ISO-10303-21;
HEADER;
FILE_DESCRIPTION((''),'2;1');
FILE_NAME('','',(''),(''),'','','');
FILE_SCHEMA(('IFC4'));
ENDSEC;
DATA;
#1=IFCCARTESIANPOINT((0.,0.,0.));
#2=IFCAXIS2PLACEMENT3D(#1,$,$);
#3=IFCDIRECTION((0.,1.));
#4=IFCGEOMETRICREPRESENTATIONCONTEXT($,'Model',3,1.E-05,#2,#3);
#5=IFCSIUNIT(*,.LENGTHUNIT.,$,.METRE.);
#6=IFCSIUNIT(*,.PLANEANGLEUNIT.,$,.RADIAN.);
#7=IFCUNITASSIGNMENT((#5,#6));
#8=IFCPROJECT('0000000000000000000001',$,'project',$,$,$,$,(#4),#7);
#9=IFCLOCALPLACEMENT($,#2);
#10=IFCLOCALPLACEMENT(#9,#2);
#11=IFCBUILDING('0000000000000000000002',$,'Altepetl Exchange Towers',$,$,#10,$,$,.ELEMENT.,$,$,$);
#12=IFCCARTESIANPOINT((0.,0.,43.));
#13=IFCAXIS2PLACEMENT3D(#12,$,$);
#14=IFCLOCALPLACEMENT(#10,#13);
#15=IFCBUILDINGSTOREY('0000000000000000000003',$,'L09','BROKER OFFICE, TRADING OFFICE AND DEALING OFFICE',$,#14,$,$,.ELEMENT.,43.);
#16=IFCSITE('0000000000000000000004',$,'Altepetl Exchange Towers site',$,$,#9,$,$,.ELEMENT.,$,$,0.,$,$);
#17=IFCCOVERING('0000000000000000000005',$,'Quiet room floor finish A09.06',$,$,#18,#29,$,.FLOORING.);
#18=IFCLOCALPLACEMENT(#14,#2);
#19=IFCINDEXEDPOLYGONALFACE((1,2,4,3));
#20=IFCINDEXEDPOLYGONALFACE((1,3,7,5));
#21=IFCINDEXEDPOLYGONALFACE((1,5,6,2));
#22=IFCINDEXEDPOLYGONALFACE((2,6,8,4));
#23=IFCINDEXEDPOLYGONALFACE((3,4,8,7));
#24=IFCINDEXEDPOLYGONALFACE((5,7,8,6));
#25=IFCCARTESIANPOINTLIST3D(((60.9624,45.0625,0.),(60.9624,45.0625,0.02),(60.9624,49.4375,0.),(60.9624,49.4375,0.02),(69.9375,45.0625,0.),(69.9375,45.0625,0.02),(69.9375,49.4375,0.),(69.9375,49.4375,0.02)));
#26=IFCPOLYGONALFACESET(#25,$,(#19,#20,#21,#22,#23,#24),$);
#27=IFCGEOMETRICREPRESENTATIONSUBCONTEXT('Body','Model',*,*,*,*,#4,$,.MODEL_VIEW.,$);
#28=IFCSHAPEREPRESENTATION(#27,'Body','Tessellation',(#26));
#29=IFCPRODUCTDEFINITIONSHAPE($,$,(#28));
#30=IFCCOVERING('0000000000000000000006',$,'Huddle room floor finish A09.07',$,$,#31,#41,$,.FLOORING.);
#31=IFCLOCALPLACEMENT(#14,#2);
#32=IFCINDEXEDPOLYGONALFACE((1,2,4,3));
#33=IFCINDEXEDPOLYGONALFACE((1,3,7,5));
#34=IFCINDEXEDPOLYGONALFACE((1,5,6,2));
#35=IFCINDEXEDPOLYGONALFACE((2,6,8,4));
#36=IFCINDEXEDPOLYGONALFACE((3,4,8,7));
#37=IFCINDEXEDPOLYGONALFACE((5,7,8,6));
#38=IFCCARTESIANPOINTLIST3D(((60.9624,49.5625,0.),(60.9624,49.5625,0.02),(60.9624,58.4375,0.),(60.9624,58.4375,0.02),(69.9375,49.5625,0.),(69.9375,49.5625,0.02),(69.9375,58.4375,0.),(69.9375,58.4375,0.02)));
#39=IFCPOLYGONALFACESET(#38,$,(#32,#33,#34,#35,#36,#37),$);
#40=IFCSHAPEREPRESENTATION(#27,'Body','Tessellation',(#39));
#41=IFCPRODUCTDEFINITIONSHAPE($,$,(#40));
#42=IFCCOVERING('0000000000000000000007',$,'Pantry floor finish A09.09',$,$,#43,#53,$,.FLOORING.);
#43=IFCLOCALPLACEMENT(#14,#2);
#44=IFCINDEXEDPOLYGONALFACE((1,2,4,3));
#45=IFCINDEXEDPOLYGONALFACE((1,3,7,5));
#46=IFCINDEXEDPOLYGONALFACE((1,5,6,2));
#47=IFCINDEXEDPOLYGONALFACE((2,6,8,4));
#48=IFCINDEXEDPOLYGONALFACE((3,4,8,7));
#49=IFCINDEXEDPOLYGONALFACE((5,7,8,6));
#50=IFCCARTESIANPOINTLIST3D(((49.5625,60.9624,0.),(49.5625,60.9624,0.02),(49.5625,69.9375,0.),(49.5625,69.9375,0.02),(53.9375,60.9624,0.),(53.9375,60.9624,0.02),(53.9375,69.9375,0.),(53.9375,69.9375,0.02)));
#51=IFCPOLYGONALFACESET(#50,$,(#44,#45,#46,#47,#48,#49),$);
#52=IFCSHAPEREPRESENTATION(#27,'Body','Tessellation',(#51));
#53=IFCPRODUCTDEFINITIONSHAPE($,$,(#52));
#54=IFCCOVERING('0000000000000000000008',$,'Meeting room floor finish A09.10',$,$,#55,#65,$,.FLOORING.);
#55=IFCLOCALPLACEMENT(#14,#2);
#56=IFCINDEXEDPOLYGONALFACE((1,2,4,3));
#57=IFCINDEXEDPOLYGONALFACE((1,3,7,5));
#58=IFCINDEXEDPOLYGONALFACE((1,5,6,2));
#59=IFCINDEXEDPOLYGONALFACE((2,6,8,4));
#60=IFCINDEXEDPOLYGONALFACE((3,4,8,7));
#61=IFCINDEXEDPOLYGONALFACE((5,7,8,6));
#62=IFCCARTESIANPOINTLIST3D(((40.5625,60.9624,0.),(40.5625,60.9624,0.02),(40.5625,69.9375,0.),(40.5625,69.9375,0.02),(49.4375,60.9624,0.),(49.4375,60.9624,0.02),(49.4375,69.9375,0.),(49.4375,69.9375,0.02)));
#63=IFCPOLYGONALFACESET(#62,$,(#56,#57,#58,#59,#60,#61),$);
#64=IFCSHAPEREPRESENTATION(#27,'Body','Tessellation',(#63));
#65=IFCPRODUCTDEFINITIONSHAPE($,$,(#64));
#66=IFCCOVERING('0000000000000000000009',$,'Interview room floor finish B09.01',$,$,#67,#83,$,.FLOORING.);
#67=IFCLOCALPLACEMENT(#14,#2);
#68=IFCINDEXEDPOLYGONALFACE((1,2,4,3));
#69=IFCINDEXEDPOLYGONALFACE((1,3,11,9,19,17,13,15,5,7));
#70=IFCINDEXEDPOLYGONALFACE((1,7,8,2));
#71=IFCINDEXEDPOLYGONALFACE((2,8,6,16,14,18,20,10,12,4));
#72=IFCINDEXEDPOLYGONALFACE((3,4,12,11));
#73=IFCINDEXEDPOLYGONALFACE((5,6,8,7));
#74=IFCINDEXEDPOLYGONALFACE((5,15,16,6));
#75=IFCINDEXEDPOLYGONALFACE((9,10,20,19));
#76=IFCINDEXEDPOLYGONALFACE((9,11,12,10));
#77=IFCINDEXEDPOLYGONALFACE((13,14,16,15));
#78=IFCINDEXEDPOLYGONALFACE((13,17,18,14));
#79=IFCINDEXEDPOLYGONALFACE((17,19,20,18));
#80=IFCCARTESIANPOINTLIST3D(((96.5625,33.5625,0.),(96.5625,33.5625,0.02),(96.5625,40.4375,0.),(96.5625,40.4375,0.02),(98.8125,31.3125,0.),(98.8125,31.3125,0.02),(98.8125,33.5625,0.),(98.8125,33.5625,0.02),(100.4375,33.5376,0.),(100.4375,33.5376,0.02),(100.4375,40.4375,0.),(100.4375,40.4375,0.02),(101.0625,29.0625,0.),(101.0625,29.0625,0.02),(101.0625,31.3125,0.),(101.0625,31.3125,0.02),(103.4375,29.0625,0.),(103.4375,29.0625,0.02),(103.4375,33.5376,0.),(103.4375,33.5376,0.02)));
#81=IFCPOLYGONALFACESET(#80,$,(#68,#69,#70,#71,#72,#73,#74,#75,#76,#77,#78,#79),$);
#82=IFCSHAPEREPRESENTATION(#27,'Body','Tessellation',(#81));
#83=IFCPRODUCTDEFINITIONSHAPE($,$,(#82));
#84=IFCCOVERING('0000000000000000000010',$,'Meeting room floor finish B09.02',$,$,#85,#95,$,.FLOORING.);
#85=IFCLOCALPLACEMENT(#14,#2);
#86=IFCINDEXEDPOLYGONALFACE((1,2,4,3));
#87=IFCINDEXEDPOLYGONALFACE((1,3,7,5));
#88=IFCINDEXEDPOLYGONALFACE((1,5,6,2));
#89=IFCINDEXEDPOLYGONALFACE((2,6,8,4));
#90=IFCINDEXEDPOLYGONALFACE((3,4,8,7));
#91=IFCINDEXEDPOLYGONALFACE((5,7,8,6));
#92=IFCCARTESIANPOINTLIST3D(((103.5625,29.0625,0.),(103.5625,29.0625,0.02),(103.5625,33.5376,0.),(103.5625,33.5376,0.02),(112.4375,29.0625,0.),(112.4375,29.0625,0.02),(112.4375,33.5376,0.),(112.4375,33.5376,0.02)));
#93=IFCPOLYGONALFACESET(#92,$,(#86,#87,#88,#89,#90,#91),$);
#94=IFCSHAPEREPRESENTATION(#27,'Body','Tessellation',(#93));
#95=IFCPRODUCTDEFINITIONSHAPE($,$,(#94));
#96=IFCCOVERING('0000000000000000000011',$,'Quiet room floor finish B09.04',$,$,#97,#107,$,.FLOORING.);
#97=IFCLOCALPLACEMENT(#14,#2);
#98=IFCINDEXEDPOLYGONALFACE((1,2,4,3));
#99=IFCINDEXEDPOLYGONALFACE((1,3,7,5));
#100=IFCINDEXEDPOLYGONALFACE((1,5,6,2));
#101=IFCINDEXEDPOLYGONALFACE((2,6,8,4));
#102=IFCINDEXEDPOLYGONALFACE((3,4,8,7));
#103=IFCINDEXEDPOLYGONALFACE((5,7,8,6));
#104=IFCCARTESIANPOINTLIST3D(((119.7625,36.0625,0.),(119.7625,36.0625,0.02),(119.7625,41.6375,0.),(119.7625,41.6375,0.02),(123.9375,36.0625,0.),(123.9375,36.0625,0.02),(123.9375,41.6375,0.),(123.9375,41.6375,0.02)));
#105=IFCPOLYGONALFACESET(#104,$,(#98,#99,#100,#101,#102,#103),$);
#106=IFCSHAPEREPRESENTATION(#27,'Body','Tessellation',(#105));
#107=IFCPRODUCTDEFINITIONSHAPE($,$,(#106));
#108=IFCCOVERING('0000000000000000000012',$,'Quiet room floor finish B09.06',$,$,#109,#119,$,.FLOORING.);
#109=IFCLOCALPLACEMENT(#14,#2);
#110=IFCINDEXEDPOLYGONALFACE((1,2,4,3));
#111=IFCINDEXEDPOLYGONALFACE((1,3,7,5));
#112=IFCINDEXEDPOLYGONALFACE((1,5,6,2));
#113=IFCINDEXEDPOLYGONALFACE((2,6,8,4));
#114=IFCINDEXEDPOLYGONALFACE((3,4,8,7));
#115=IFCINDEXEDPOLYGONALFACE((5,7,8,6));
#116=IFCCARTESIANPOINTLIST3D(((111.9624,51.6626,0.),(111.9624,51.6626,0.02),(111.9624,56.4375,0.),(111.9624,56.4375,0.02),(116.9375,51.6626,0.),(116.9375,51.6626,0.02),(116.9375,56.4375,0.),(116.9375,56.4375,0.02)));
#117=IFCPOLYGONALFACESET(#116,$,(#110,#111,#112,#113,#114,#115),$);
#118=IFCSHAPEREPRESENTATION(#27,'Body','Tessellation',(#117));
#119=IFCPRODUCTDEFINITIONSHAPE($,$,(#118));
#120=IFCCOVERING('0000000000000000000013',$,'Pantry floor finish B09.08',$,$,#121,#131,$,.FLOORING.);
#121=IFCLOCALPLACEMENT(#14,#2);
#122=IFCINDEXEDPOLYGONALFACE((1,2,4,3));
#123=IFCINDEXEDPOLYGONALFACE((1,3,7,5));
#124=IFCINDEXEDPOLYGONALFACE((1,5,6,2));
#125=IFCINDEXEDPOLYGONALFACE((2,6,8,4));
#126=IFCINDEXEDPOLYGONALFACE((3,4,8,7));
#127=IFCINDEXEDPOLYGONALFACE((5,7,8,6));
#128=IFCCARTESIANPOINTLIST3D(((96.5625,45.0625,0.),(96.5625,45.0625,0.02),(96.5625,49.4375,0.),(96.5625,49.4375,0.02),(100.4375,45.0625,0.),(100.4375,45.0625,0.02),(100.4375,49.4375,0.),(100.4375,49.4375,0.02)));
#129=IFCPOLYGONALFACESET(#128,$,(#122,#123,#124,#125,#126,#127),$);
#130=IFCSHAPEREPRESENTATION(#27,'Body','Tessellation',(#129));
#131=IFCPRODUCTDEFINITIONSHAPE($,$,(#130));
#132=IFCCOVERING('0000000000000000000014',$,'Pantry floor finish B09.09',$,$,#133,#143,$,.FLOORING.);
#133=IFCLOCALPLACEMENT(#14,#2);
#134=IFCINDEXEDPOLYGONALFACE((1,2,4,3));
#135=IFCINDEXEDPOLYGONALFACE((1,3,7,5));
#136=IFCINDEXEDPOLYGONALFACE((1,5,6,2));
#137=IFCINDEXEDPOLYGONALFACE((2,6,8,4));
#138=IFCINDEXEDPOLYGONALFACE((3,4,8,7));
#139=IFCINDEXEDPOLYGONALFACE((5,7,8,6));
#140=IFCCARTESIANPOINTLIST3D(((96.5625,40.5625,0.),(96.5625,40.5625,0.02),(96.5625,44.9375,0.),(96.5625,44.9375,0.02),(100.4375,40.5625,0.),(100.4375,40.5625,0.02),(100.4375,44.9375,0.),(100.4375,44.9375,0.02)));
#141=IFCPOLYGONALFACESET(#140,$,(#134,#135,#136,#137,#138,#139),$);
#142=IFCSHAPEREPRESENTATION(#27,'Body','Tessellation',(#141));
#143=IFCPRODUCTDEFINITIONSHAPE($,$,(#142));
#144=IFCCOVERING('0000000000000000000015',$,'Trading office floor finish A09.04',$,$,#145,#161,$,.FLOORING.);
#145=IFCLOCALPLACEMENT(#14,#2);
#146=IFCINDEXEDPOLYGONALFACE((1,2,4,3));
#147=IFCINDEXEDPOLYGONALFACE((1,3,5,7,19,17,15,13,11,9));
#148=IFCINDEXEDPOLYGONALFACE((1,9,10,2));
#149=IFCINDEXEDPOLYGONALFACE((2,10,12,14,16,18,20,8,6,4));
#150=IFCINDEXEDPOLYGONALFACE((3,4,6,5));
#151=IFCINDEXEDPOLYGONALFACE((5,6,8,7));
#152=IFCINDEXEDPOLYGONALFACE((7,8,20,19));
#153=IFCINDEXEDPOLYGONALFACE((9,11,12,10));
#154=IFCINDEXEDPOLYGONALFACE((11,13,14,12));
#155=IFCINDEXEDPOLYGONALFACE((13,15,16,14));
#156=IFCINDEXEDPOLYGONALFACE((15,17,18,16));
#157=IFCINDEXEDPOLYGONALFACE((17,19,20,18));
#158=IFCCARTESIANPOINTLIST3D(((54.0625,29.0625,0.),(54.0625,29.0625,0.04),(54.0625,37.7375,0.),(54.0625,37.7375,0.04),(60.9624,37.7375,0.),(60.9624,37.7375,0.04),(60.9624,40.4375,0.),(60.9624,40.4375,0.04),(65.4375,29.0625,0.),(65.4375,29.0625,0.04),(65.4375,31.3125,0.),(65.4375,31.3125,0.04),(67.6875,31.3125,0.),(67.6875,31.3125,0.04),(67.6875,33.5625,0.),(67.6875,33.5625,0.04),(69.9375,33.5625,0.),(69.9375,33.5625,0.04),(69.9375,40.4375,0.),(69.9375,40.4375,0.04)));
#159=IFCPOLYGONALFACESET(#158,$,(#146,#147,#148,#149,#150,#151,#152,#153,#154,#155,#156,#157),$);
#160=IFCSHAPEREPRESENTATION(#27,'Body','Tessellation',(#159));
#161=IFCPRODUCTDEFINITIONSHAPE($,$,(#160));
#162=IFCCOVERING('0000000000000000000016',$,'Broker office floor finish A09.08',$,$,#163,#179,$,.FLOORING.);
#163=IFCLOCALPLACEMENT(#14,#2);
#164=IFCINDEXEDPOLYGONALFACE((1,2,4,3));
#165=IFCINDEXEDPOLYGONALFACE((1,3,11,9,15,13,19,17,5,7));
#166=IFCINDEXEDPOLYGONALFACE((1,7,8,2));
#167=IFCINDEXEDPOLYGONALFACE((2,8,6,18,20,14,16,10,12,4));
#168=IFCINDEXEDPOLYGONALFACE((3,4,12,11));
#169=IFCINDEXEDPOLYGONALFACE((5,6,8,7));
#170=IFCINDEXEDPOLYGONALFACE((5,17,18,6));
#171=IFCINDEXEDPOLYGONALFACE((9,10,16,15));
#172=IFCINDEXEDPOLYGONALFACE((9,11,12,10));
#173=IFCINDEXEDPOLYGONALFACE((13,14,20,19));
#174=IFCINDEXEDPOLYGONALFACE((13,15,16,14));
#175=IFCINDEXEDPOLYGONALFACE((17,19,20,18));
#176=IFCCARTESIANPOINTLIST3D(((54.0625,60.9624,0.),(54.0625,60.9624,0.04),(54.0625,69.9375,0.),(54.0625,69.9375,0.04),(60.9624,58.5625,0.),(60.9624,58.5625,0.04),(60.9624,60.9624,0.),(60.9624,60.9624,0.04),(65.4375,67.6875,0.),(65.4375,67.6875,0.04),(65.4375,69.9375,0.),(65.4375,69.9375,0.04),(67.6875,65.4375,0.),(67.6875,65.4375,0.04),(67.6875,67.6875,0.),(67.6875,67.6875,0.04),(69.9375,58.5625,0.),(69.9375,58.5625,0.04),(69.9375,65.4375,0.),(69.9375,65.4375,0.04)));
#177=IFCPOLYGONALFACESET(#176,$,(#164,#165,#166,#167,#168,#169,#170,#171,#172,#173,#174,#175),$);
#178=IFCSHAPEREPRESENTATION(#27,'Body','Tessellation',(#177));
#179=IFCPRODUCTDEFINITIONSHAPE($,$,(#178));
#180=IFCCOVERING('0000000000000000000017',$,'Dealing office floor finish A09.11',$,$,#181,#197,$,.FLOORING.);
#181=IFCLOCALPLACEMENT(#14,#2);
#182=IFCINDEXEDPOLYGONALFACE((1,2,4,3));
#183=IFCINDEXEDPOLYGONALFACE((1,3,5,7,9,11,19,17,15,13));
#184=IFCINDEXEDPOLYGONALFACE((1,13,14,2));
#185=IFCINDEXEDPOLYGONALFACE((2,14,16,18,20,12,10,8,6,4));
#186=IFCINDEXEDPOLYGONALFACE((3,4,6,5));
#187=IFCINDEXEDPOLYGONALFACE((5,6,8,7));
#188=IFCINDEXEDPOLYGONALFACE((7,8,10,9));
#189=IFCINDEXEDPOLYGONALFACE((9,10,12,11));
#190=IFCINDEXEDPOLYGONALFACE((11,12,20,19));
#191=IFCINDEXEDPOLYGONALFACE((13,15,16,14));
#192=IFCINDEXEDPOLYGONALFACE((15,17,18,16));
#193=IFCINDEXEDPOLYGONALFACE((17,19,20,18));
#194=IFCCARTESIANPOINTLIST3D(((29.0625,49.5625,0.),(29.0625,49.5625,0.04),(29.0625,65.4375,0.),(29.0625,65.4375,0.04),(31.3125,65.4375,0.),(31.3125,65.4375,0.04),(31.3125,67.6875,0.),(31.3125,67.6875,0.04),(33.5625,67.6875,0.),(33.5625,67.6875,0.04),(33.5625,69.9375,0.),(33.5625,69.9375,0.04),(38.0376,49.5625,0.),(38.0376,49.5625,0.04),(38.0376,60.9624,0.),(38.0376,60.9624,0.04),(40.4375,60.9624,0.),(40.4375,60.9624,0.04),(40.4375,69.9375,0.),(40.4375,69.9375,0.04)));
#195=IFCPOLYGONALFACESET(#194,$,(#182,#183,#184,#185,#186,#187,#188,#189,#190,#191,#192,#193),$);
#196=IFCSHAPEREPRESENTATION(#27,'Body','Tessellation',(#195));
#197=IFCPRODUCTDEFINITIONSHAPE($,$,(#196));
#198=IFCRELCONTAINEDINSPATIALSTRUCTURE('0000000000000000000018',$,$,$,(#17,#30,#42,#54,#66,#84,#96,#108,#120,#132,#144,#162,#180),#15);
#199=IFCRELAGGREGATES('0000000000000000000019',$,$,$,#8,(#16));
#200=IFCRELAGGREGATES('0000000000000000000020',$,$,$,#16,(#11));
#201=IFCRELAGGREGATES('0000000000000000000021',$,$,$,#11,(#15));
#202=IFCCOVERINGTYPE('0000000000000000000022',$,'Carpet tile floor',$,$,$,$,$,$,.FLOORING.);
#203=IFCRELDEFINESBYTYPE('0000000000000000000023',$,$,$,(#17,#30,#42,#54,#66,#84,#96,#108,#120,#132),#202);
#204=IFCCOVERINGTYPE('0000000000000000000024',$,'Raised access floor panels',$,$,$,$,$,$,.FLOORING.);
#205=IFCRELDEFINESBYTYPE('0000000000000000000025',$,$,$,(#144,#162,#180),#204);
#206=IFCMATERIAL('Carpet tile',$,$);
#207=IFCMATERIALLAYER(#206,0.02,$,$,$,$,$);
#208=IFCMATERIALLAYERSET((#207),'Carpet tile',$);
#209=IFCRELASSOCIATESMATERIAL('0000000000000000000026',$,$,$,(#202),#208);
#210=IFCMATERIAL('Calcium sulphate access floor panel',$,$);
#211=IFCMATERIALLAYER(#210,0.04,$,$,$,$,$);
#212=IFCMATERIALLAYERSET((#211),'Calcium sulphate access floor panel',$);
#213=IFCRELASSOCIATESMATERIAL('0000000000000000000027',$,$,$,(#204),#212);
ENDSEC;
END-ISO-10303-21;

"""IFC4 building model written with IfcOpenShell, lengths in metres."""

from ifc_helpers import new_model, si_unit, direction, frame, origin, place, context, subcontext, project, spatial, polyline, outline, extrude, material, layer, layer_set, type_object, element, save


model = new_model("IFC4")

# Units and contexts
model_context = context("Model", 3, precision=1e-05, world=origin(), true_north=direction((0.0, 1.0)))
body_context = subcontext(model_context, "Body", "Model", "MODEL_VIEW")
ifc_project = project(units=[si_unit("LENGTHUNIT", "METRE"), si_unit("PLANEANGLEUNIT", "RADIAN")], contexts=[model_context])

# Site, building, storey
site_placement = place(None, origin())
site = spatial("IfcSite", under=ifc_project, at=site_placement, Name="Altepetl Exchange Towers site", CompositionType="ELEMENT", RefElevation=0.0)
building_placement = place(site_placement, origin())
building = spatial("IfcBuilding", under=site, at=building_placement, Name="Altepetl Exchange Towers", CompositionType="ELEMENT")
storey_placement = place(building_placement, frame((0.0, 0.0, 43.0)))
storey = spatial("IfcBuildingStorey", under=building, at=storey_placement, Name="L09", Description="BROKER OFFICE, TRADING OFFICE AND DEALING OFFICE", CompositionType="ELEMENT", Elevation=43.0)

# Coverings
ifc_material_1 = material(Name="Carpet tile")
ifc_layer_1 = layer(ifc_material_1, 0.02)
ifc_layer_set_1 = layer_set([ifc_layer_1], Name="Carpet tile")
covering_type_1 = type_object("IfcCoveringType", Name="Carpet tile floor", PredefinedType="FLOORING", material=ifc_layer_set_1)
covering_1_placement = place(storey_placement, origin())
element("IfcCovering", 1, at=covering_1_placement, inside=storey, type_object=covering_type_1, Name="Quiet room floor finish A09.06", PredefinedType="FLOORING", context=body_context, shape_type="SweptSolid", body=[
    extrude(outline(polyline([(69.9375, 49.4375), (60.9624, 49.4375), (60.9624, 45.0625), (69.9375, 45.0625), (69.9375, 49.4375)])), origin(), (0.0, 0.0, 1.0), 0.02),
])
covering_2_placement = place(storey_placement, origin())
element("IfcCovering", 2, at=covering_2_placement, inside=storey, type_object=covering_type_1, Name="Huddle room floor finish A09.07", PredefinedType="FLOORING", context=body_context, shape_type="SweptSolid", body=[
    extrude(outline(polyline([(69.9375, 58.4375), (60.9624, 58.4375), (60.9624, 49.5625), (69.9375, 49.5625), (69.9375, 58.4375)])), origin(), (0.0, 0.0, 1.0), 0.02),
])
covering_3_placement = place(storey_placement, origin())
element("IfcCovering", 3, at=covering_3_placement, inside=storey, type_object=covering_type_1, Name="Pantry floor finish A09.09", PredefinedType="FLOORING", context=body_context, shape_type="SweptSolid", body=[
    extrude(outline(polyline([(49.5625, 69.9375), (49.5625, 60.9624), (53.9375, 60.9624), (53.9375, 69.9375), (49.5625, 69.9375)])), origin(), (0.0, 0.0, 1.0), 0.02),
])
covering_4_placement = place(storey_placement, origin())
element("IfcCovering", 4, at=covering_4_placement, inside=storey, type_object=covering_type_1, Name="Meeting room floor finish A09.10", PredefinedType="FLOORING", context=body_context, shape_type="SweptSolid", body=[
    extrude(outline(polyline([(40.5625, 69.9375), (40.5625, 60.9624), (49.4375, 60.9624), (49.4375, 69.9375), (40.5625, 69.9375)])), origin(), (0.0, 0.0, 1.0), 0.02),
])
covering_5_placement = place(storey_placement, origin())
element("IfcCovering", 5, at=covering_5_placement, inside=storey, type_object=covering_type_1, Name="Interview room floor finish B09.01", PredefinedType="FLOORING", context=body_context, shape_type="SweptSolid", body=[
    extrude(outline(polyline([(100.4375, 40.4375), (96.5625, 40.4375), (96.5625, 33.5625), (98.8125, 33.5625), (98.8125, 31.3125), (101.0625, 31.3125), (101.0625, 29.0625), (103.4375, 29.0625), (103.4375, 33.5376), (100.4375, 33.5376), (100.4375, 40.4375)])), origin(), (0.0, 0.0, 1.0), 0.02),
])
covering_6_placement = place(storey_placement, origin())
element("IfcCovering", 6, at=covering_6_placement, inside=storey, type_object=covering_type_1, Name="Meeting room floor finish B09.02", PredefinedType="FLOORING", context=body_context, shape_type="SweptSolid", body=[
    extrude(outline(polyline([(103.5625, 33.5376), (103.5625, 29.0625), (112.4375, 29.0625), (112.4375, 33.5376), (103.5625, 33.5376)])), origin(), (0.0, 0.0, 1.0), 0.02),
])
covering_7_placement = place(storey_placement, origin())
element("IfcCovering", 7, at=covering_7_placement, inside=storey, type_object=covering_type_1, Name="Quiet room floor finish B09.04", PredefinedType="FLOORING", context=body_context, shape_type="SweptSolid", body=[
    extrude(outline(polyline([(119.7625, 41.6375), (119.7625, 36.0625), (123.9375, 36.0625), (123.9375, 41.6375), (119.7625, 41.6375)])), origin(), (0.0, 0.0, 1.0), 0.02),
])
covering_8_placement = place(storey_placement, origin())
element("IfcCovering", 8, at=covering_8_placement, inside=storey, type_object=covering_type_1, Name="Quiet room floor finish B09.06", PredefinedType="FLOORING", context=body_context, shape_type="SweptSolid", body=[
    extrude(outline(polyline([(111.9624, 51.6626), (116.9375, 51.6626), (116.9375, 56.4375), (111.9624, 56.4375), (111.9624, 51.6626)])), origin(), (0.0, 0.0, 1.0), 0.02),
])
covering_9_placement = place(storey_placement, origin())
element("IfcCovering", 9, at=covering_9_placement, inside=storey, type_object=covering_type_1, Name="Pantry floor finish B09.08", PredefinedType="FLOORING", context=body_context, shape_type="SweptSolid", body=[
    extrude(outline(polyline([(100.4375, 49.4375), (96.5625, 49.4375), (96.5625, 45.0625), (100.4375, 45.0625), (100.4375, 49.4375)])), origin(), (0.0, 0.0, 1.0), 0.02),
])
covering_10_placement = place(storey_placement, origin())
element("IfcCovering", 10, at=covering_10_placement, inside=storey, type_object=covering_type_1, Name="Pantry floor finish B09.09", PredefinedType="FLOORING", context=body_context, shape_type="SweptSolid", body=[
    extrude(outline(polyline([(100.4375, 44.9375), (96.5625, 44.9375), (96.5625, 40.5625), (100.4375, 40.5625), (100.4375, 44.9375)])), origin(), (0.0, 0.0, 1.0), 0.02),
])
ifc_material_2 = material(Name="Calcium sulphate access floor panel")
ifc_layer_2 = layer(ifc_material_2, 0.04)
ifc_layer_set_2 = layer_set([ifc_layer_2], Name="Calcium sulphate access floor panel")
covering_type_2 = type_object("IfcCoveringType", Name="Raised access floor panels", PredefinedType="FLOORING", material=ifc_layer_set_2)
covering_11_placement = place(storey_placement, origin())
element("IfcCovering", 11, at=covering_11_placement, inside=storey, type_object=covering_type_2, Name="Trading office floor finish A09.04", PredefinedType="FLOORING", context=body_context, shape_type="SweptSolid", body=[
    extrude(outline(polyline([(69.9375, 40.4375), (60.9624, 40.4375), (60.9624, 37.7375), (54.0625, 37.7375), (54.0625, 29.0625), (65.4375, 29.0625), (65.4375, 31.3125), (67.6875, 31.3125), (67.6875, 33.5625), (69.9375, 33.5625), (69.9375, 40.4375)])), origin(), (0.0, 0.0, 1.0), 0.04),
])
covering_12_placement = place(storey_placement, origin())
element("IfcCovering", 12, at=covering_12_placement, inside=storey, type_object=covering_type_2, Name="Broker office floor finish A09.08", PredefinedType="FLOORING", context=body_context, shape_type="SweptSolid", body=[
    extrude(outline(polyline([(54.0625, 69.9375), (54.0625, 60.9624), (60.9624, 60.9624), (60.9624, 58.5625), (69.9375, 58.5625), (69.9375, 65.4375), (67.6875, 65.4375), (67.6875, 67.6875), (65.4375, 67.6875), (65.4375, 69.9375), (54.0625, 69.9375)])), origin(), (0.0, 0.0, 1.0), 0.04),
])
covering_13_placement = place(storey_placement, origin())
element("IfcCovering", 13, at=covering_13_placement, inside=storey, type_object=covering_type_2, Name="Dealing office floor finish A09.11", PredefinedType="FLOORING", context=body_context, shape_type="SweptSolid", body=[
    extrude(outline(polyline([(33.5625, 69.9375), (33.5625, 67.6875), (31.3125, 67.6875), (31.3125, 65.4375), (29.0625, 65.4375), (29.0625, 49.5625), (38.0376, 49.5625), (38.0376, 60.9624), (40.4375, 60.9624), (40.4375, 69.9375), (33.5625, 69.9375)])), origin(), (0.0, 0.0, 1.0), 0.04),
])

save(model, "model.ifc")
